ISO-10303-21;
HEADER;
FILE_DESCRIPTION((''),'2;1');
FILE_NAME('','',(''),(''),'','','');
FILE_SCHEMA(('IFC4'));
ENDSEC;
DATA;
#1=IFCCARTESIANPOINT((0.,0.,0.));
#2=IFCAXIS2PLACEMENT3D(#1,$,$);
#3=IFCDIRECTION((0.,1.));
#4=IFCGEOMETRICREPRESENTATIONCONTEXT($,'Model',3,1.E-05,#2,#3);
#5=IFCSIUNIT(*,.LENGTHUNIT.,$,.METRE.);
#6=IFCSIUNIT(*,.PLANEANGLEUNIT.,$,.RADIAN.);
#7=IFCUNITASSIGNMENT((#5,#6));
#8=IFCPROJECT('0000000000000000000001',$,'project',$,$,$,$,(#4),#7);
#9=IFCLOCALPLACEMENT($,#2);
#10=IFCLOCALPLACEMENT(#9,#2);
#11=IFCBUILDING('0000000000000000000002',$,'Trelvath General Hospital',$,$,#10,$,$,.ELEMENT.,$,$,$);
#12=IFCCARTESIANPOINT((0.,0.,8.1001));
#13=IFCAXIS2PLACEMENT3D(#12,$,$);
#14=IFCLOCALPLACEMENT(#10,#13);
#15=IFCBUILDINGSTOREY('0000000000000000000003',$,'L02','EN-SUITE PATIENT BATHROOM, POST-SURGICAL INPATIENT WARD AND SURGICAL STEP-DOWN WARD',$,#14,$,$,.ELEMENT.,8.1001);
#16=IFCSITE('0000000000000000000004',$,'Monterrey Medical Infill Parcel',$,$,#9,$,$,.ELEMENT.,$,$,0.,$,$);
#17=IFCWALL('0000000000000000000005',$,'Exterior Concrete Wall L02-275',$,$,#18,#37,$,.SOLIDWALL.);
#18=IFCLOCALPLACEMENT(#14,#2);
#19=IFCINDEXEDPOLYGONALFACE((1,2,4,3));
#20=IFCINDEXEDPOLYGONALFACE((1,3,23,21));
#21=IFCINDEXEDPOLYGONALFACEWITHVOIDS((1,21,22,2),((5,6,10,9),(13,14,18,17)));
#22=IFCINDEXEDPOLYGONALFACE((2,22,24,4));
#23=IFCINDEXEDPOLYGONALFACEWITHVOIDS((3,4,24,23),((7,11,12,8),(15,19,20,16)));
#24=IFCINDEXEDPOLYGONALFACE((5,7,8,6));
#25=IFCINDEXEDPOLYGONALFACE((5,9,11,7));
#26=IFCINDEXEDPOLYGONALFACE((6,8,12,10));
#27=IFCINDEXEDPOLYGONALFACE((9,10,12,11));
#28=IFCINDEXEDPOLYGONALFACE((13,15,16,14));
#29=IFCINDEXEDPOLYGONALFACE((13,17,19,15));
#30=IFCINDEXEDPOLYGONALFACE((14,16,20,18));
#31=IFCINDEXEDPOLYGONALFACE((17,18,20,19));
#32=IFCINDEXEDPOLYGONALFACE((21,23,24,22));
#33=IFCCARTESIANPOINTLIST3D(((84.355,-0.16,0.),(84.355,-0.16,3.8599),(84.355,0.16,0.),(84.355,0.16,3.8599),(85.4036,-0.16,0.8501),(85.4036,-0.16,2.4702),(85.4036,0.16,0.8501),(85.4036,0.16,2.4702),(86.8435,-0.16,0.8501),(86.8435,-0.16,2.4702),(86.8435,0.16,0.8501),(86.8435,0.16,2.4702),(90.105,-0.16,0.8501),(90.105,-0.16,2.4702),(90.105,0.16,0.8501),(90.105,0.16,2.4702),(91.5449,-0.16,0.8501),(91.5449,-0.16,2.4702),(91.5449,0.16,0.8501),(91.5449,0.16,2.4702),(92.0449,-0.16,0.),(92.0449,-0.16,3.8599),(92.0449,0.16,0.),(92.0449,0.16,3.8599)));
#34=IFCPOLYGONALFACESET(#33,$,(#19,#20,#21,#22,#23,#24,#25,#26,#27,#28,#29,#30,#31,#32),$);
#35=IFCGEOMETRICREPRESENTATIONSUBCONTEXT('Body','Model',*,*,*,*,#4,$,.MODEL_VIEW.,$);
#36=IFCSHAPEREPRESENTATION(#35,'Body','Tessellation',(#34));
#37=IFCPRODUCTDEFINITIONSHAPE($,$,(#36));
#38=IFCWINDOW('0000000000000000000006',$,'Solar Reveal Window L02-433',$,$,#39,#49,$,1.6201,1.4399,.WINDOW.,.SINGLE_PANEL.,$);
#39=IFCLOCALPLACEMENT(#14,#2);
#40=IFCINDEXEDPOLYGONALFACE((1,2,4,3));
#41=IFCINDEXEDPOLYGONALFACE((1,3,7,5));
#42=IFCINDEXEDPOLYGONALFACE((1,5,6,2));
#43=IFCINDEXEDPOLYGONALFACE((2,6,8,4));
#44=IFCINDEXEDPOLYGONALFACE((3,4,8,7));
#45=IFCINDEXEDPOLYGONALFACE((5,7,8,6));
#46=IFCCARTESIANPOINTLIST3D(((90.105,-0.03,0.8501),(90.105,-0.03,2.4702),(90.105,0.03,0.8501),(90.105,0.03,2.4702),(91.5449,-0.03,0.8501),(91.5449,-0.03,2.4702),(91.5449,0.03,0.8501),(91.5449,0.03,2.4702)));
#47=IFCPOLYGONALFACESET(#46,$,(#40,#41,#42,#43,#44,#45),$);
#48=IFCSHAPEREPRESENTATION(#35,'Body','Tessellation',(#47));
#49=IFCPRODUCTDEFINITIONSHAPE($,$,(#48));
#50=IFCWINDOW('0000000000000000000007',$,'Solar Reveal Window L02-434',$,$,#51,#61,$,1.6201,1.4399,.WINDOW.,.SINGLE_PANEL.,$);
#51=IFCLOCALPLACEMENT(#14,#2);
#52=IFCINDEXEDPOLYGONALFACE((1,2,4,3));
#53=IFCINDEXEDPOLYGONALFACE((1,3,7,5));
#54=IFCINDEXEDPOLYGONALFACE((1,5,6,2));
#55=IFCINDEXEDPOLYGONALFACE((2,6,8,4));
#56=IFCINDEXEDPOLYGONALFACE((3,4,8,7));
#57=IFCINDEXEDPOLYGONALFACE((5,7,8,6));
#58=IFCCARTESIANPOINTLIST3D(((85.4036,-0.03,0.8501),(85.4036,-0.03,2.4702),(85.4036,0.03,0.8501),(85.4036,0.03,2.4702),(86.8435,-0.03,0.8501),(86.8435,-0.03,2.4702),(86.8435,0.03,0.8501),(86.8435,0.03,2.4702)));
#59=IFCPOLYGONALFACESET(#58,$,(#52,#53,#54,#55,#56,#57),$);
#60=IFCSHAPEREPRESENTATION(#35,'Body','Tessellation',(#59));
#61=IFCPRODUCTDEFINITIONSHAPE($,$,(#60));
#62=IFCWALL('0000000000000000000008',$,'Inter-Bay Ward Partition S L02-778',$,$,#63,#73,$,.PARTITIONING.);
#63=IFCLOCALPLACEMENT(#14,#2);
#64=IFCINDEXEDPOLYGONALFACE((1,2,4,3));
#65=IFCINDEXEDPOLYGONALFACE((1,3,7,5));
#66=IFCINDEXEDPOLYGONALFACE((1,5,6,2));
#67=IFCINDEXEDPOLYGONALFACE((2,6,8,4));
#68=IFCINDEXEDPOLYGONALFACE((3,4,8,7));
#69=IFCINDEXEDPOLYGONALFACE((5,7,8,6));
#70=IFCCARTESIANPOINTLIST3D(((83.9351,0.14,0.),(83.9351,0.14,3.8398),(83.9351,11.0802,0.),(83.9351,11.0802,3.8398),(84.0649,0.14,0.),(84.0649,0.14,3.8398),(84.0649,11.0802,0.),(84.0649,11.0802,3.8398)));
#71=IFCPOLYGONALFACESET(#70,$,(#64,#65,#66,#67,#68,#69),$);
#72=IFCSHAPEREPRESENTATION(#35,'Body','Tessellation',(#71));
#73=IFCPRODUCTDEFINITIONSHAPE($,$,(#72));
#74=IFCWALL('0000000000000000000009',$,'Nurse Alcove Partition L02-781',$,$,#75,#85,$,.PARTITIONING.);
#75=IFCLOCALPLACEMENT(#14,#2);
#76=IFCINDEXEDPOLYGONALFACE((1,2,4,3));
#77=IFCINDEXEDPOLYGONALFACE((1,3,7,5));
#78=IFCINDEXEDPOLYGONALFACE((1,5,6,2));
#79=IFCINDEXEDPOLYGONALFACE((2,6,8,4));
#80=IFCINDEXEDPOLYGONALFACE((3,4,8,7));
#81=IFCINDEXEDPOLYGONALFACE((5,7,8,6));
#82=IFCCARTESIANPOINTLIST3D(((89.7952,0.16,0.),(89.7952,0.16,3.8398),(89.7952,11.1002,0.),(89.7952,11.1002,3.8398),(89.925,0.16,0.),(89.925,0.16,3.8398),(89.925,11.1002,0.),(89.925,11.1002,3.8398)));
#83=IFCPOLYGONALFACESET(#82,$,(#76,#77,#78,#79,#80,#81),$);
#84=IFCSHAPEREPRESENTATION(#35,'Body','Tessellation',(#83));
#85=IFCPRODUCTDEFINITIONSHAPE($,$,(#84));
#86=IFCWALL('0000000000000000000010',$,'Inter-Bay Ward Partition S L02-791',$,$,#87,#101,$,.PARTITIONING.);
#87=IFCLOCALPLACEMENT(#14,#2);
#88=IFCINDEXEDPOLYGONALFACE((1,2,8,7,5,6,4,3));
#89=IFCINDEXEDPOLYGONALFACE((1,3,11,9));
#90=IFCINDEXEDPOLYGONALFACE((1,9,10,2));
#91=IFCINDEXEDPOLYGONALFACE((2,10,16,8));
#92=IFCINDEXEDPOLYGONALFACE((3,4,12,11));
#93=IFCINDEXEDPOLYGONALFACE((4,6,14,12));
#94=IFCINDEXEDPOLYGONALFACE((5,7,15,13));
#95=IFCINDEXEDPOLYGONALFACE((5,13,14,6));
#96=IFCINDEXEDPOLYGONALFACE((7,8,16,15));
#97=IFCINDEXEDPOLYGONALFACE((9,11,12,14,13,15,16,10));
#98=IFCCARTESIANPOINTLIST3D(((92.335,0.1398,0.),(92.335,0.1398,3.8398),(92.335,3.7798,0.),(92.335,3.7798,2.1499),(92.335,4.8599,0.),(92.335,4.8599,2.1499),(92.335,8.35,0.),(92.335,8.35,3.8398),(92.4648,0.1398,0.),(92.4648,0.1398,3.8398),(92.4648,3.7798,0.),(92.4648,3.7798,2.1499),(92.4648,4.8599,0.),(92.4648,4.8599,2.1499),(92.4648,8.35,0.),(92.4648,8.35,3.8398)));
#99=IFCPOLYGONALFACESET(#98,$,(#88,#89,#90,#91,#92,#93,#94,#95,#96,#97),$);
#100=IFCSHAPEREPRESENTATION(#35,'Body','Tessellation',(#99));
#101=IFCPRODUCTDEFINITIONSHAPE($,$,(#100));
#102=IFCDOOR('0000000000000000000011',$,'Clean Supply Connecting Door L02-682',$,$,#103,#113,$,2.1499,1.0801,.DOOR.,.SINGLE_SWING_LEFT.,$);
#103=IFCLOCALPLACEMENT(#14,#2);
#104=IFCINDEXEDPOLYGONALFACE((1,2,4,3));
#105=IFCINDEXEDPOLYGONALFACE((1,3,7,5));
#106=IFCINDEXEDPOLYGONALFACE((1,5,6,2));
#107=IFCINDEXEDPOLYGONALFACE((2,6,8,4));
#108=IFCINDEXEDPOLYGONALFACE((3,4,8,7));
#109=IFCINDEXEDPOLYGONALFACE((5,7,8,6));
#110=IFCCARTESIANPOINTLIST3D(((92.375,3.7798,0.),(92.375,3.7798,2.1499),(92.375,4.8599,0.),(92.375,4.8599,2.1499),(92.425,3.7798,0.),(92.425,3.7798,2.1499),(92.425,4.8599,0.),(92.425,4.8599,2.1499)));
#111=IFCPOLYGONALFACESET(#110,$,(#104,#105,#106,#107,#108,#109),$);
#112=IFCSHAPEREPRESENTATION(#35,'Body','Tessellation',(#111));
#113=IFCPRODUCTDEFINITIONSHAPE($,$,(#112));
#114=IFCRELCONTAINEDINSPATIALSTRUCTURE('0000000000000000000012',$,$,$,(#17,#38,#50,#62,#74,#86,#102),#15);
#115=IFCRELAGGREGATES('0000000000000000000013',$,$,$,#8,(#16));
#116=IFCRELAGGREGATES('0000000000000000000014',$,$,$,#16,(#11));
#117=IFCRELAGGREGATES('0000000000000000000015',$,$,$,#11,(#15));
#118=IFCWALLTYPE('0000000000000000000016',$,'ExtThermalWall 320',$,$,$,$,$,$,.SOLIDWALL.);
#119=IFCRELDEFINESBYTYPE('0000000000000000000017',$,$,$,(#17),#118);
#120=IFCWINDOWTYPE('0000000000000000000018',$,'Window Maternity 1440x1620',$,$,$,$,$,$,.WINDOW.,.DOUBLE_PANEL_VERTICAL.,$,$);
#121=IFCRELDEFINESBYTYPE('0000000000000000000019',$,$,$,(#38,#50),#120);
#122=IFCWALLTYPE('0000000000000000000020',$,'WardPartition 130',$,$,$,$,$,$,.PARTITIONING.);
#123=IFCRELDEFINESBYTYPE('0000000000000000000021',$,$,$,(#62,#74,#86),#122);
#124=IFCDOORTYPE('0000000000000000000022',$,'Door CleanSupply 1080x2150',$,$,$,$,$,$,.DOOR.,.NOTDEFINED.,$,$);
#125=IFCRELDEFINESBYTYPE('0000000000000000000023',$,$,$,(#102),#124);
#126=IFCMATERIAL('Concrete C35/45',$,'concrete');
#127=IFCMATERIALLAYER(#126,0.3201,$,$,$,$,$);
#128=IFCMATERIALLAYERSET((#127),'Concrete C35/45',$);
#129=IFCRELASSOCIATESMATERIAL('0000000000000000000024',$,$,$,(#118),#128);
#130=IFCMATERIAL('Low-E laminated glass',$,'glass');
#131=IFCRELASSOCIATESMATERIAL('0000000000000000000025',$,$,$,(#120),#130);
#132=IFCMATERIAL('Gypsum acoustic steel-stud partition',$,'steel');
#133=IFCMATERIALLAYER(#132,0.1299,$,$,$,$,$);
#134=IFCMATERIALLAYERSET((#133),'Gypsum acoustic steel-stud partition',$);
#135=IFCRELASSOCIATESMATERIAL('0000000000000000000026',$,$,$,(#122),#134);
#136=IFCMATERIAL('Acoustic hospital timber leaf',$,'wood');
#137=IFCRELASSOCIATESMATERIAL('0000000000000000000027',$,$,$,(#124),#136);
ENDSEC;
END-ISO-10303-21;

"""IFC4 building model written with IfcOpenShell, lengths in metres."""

from ifc_helpers import new_model, si_unit, direction, frame, frame_2d, origin, place, context, subcontext, project, spatial, rectangle, extrude, material, layer, layer_set, type_object, element, fill, save


model = new_model("IFC4")

# Units and contexts
model_context = context("Model", 3, precision=1e-05, world=origin(), true_north=direction((0.0, 1.0)))
body_context = subcontext(model_context, "Body", "Model", "MODEL_VIEW")
ifc_project = project(units=[si_unit("LENGTHUNIT", "METRE"), si_unit("PLANEANGLEUNIT", "RADIAN")], contexts=[model_context])

# Site, building, storey
site_placement = place(None, origin())
site = spatial("IfcSite", under=ifc_project, at=site_placement, Name="Monterrey Medical Infill Parcel", CompositionType="ELEMENT", RefElevation=0.0)
building_placement = place(site_placement, origin())
building = spatial("IfcBuilding", under=site, at=building_placement, Name="Trelvath General Hospital", CompositionType="ELEMENT")
storey_placement = place(building_placement, frame((0.0, 0.0, 8.1001)))
storey = spatial("IfcBuildingStorey", under=building, at=storey_placement, Name="L02", Description="EN-SUITE PATIENT BATHROOM, POST-SURGICAL INPATIENT WARD AND SURGICAL STEP-DOWN WARD", CompositionType="ELEMENT", Elevation=8.1001)

# Wall, openings, windows
ifc_material_1 = material(Name="Concrete C35/45", Category="concrete")
ifc_layer_1 = layer(ifc_material_1, 0.3201)
ifc_layer_set_1 = layer_set([ifc_layer_1], Name="Concrete C35/45")
wall_type_1 = type_object("IfcWallType", Name="ExtThermalWall 320", PredefinedType="SOLIDWALL", material=ifc_layer_set_1)
wall_1_placement = place(storey_placement, frame((92.0449, 0.0, 0.0), z_axis=(0.0, 0.0, 1.0), x_axis=(-1.0, 0.0, 0.0)))
wall_1 = element("IfcWall", 1, at=wall_1_placement, inside=storey, type_object=wall_type_1, Name="Exterior Concrete Wall L02-275", PredefinedType="SOLIDWALL", context=body_context, shape_type="SweptSolid", body=[
    extrude(rectangle(XDim=7.6899, YDim=0.3201, at=frame_2d((3.845, 0.0))), origin(), (0.0, 0.0, 1.0), 3.8599),
])
opening_1_placement = place(wall_1_placement, frame((0.5, 0.0, 0.8501)))
opening_1 = element("IfcOpeningElement", 2, at=opening_1_placement, cuts=wall_1, PredefinedType="OPENING", context=body_context, shape_type="SweptSolid", body=[
    extrude(rectangle(XDim=1.4399, YDim=1.6201, at=frame_2d((0.72, 0.8101))), frame((0.0, 0.1699, 0.0), z_axis=(0.0, -1.0, 0.0), x_axis=(1.0, 0.0, 0.0)), (0.0, 0.0, 1.0), 0.3401),
])
opening_2_placement = place(wall_1_placement, frame((5.2014, 0.0, 0.8501)))
opening_2 = element("IfcOpeningElement", 3, at=opening_2_placement, cuts=wall_1, PredefinedType="OPENING", context=body_context, shape_type="SweptSolid", body=[
    extrude(rectangle(XDim=1.4399, YDim=1.6201, at=frame_2d((0.72, 0.8101))), frame((0.0, 0.1699, 0.0), z_axis=(0.0, -1.0, 0.0), x_axis=(1.0, 0.0, 0.0)), (0.0, 0.0, 1.0), 0.3401),
])
ifc_material_2 = material(Name="Low-E laminated glass", Category="glass")
window_type_1 = type_object("IfcWindowType", Name="Window Maternity 1440x1620", PartitioningType="DOUBLE_PANEL_VERTICAL", PredefinedType="WINDOW", material=ifc_material_2)
window_1_placement = place(opening_1_placement, origin())
window_1 = element("IfcWindow", 4, at=window_1_placement, inside=storey, type_object=window_type_1, Name="Solar Reveal Window L02-433", OverallHeight=1.6201, OverallWidth=1.4399, PartitioningType="SINGLE_PANEL", PredefinedType="WINDOW", context=body_context, shape_type="SweptSolid", body=[
    extrude(rectangle(XDim=1.4399, YDim=1.6201, at=frame_2d((0.72, 0.8101))), frame((0.0, 0.03, 0.0), z_axis=(0.0, -1.0, 0.0), x_axis=(1.0, 0.0, 0.0)), (0.0, 0.0, 1.0), 0.0601),
])
fill(opening_1, window_1)
window_2_placement = place(opening_2_placement, origin())
window_2 = element("IfcWindow", 5, at=window_2_placement, inside=storey, type_object=window_type_1, Name="Solar Reveal Window L02-434", OverallHeight=1.6201, OverallWidth=1.4399, PartitioningType="SINGLE_PANEL", PredefinedType="WINDOW", context=body_context, shape_type="SweptSolid", body=[
    extrude(rectangle(XDim=1.4399, YDim=1.6201, at=frame_2d((0.72, 0.8101))), frame((0.0, 0.03, 0.0), z_axis=(0.0, -1.0, 0.0), x_axis=(1.0, 0.0, 0.0)), (0.0, 0.0, 1.0), 0.0601),
])
fill(opening_2, window_2)

# Walls
ifc_material_3 = material(Name="Gypsum acoustic steel-stud partition", Category="steel")
ifc_layer_2 = layer(ifc_material_3, 0.1299)
ifc_layer_set_2 = layer_set([ifc_layer_2], Name="Gypsum acoustic steel-stud partition")
wall_type_2 = type_object("IfcWallType", Name="WardPartition 130", PredefinedType="PARTITIONING", material=ifc_layer_set_2)
for number, where, z_axis, x_axis, name in (
    (6, (84.0, 0.1399, 0.0), (0.0, 0.0, 1.0), (0.0, 1.0, 0.0), "Inter-Bay Ward Partition S L02-778"),
    (7, (89.8601, 0.1599, 0.0), (0.0, 0.0, 1.0), (0.0, 1.0, 0.0), "Nurse Alcove Partition L02-781"),
):
    element("IfcWall", number, at=place(storey_placement, frame(where, z_axis=z_axis, x_axis=x_axis)), inside=storey, type_object=wall_type_2, Name=name, PredefinedType="PARTITIONING", context=body_context, shape_type="SweptSolid", body=[
        extrude(rectangle(XDim=10.9402, YDim=0.1299, at=frame_2d((5.4702, 0.0))), origin(), (0.0, 0.0, 1.0), 3.8398),
    ])

# Wall, opening, door
wall_2_placement = place(storey_placement, frame((92.3999, 0.1399, 0.0), z_axis=(0.0, 0.0, 1.0), x_axis=(0.0, 1.0, 0.0)))
wall_2 = element("IfcWall", 8, at=wall_2_placement, inside=storey, type_object=wall_type_2, Name="Inter-Bay Ward Partition S L02-791", PredefinedType="PARTITIONING", context=body_context, shape_type="SweptSolid", body=[
    extrude(rectangle(XDim=8.2102, YDim=0.1299, at=frame_2d((4.105, 0.0))), origin(), (0.0, 0.0, 1.0), 3.8398),
])
opening_3_placement = place(wall_2_placement, frame((3.6399, 0.0, 0.0)))
opening_3 = element("IfcOpeningElement", 9, at=opening_3_placement, cuts=wall_2, PredefinedType="OPENING", context=body_context, shape_type="SweptSolid", body=[
    extrude(rectangle(XDim=1.0801, YDim=2.1499, at=frame_2d((0.54, 1.075))), frame((0.0, 0.075, 0.0), z_axis=(0.0, -1.0, 0.0), x_axis=(1.0, 0.0, 0.0)), (0.0, 0.0, 1.0), 0.1499),
])
ifc_material_4 = material(Name="Acoustic hospital timber leaf", Category="wood")
door_type = type_object("IfcDoorType", Name="Door CleanSupply 1080x2150", OperationType="NOTDEFINED", PredefinedType="DOOR", material=ifc_material_4)
door_placement = place(opening_3_placement, origin())
door = element("IfcDoor", 10, at=door_placement, inside=storey, type_object=door_type, Name="Clean Supply Connecting Door L02-682", OperationType="SINGLE_SWING_LEFT", OverallHeight=2.1499, OverallWidth=1.0801, PredefinedType="DOOR", context=body_context, shape_type="SweptSolid", body=[
    extrude(rectangle(XDim=1.0801, YDim=2.1499, at=frame_2d((0.54, 1.075))), frame((0.0, 0.0249, 0.0), z_axis=(0.0, -1.0, 0.0), x_axis=(1.0, 0.0, 0.0)), (0.0, 0.0, 1.0), 0.05),
])
fill(opening_3, door)

save(model, "model.ifc")
